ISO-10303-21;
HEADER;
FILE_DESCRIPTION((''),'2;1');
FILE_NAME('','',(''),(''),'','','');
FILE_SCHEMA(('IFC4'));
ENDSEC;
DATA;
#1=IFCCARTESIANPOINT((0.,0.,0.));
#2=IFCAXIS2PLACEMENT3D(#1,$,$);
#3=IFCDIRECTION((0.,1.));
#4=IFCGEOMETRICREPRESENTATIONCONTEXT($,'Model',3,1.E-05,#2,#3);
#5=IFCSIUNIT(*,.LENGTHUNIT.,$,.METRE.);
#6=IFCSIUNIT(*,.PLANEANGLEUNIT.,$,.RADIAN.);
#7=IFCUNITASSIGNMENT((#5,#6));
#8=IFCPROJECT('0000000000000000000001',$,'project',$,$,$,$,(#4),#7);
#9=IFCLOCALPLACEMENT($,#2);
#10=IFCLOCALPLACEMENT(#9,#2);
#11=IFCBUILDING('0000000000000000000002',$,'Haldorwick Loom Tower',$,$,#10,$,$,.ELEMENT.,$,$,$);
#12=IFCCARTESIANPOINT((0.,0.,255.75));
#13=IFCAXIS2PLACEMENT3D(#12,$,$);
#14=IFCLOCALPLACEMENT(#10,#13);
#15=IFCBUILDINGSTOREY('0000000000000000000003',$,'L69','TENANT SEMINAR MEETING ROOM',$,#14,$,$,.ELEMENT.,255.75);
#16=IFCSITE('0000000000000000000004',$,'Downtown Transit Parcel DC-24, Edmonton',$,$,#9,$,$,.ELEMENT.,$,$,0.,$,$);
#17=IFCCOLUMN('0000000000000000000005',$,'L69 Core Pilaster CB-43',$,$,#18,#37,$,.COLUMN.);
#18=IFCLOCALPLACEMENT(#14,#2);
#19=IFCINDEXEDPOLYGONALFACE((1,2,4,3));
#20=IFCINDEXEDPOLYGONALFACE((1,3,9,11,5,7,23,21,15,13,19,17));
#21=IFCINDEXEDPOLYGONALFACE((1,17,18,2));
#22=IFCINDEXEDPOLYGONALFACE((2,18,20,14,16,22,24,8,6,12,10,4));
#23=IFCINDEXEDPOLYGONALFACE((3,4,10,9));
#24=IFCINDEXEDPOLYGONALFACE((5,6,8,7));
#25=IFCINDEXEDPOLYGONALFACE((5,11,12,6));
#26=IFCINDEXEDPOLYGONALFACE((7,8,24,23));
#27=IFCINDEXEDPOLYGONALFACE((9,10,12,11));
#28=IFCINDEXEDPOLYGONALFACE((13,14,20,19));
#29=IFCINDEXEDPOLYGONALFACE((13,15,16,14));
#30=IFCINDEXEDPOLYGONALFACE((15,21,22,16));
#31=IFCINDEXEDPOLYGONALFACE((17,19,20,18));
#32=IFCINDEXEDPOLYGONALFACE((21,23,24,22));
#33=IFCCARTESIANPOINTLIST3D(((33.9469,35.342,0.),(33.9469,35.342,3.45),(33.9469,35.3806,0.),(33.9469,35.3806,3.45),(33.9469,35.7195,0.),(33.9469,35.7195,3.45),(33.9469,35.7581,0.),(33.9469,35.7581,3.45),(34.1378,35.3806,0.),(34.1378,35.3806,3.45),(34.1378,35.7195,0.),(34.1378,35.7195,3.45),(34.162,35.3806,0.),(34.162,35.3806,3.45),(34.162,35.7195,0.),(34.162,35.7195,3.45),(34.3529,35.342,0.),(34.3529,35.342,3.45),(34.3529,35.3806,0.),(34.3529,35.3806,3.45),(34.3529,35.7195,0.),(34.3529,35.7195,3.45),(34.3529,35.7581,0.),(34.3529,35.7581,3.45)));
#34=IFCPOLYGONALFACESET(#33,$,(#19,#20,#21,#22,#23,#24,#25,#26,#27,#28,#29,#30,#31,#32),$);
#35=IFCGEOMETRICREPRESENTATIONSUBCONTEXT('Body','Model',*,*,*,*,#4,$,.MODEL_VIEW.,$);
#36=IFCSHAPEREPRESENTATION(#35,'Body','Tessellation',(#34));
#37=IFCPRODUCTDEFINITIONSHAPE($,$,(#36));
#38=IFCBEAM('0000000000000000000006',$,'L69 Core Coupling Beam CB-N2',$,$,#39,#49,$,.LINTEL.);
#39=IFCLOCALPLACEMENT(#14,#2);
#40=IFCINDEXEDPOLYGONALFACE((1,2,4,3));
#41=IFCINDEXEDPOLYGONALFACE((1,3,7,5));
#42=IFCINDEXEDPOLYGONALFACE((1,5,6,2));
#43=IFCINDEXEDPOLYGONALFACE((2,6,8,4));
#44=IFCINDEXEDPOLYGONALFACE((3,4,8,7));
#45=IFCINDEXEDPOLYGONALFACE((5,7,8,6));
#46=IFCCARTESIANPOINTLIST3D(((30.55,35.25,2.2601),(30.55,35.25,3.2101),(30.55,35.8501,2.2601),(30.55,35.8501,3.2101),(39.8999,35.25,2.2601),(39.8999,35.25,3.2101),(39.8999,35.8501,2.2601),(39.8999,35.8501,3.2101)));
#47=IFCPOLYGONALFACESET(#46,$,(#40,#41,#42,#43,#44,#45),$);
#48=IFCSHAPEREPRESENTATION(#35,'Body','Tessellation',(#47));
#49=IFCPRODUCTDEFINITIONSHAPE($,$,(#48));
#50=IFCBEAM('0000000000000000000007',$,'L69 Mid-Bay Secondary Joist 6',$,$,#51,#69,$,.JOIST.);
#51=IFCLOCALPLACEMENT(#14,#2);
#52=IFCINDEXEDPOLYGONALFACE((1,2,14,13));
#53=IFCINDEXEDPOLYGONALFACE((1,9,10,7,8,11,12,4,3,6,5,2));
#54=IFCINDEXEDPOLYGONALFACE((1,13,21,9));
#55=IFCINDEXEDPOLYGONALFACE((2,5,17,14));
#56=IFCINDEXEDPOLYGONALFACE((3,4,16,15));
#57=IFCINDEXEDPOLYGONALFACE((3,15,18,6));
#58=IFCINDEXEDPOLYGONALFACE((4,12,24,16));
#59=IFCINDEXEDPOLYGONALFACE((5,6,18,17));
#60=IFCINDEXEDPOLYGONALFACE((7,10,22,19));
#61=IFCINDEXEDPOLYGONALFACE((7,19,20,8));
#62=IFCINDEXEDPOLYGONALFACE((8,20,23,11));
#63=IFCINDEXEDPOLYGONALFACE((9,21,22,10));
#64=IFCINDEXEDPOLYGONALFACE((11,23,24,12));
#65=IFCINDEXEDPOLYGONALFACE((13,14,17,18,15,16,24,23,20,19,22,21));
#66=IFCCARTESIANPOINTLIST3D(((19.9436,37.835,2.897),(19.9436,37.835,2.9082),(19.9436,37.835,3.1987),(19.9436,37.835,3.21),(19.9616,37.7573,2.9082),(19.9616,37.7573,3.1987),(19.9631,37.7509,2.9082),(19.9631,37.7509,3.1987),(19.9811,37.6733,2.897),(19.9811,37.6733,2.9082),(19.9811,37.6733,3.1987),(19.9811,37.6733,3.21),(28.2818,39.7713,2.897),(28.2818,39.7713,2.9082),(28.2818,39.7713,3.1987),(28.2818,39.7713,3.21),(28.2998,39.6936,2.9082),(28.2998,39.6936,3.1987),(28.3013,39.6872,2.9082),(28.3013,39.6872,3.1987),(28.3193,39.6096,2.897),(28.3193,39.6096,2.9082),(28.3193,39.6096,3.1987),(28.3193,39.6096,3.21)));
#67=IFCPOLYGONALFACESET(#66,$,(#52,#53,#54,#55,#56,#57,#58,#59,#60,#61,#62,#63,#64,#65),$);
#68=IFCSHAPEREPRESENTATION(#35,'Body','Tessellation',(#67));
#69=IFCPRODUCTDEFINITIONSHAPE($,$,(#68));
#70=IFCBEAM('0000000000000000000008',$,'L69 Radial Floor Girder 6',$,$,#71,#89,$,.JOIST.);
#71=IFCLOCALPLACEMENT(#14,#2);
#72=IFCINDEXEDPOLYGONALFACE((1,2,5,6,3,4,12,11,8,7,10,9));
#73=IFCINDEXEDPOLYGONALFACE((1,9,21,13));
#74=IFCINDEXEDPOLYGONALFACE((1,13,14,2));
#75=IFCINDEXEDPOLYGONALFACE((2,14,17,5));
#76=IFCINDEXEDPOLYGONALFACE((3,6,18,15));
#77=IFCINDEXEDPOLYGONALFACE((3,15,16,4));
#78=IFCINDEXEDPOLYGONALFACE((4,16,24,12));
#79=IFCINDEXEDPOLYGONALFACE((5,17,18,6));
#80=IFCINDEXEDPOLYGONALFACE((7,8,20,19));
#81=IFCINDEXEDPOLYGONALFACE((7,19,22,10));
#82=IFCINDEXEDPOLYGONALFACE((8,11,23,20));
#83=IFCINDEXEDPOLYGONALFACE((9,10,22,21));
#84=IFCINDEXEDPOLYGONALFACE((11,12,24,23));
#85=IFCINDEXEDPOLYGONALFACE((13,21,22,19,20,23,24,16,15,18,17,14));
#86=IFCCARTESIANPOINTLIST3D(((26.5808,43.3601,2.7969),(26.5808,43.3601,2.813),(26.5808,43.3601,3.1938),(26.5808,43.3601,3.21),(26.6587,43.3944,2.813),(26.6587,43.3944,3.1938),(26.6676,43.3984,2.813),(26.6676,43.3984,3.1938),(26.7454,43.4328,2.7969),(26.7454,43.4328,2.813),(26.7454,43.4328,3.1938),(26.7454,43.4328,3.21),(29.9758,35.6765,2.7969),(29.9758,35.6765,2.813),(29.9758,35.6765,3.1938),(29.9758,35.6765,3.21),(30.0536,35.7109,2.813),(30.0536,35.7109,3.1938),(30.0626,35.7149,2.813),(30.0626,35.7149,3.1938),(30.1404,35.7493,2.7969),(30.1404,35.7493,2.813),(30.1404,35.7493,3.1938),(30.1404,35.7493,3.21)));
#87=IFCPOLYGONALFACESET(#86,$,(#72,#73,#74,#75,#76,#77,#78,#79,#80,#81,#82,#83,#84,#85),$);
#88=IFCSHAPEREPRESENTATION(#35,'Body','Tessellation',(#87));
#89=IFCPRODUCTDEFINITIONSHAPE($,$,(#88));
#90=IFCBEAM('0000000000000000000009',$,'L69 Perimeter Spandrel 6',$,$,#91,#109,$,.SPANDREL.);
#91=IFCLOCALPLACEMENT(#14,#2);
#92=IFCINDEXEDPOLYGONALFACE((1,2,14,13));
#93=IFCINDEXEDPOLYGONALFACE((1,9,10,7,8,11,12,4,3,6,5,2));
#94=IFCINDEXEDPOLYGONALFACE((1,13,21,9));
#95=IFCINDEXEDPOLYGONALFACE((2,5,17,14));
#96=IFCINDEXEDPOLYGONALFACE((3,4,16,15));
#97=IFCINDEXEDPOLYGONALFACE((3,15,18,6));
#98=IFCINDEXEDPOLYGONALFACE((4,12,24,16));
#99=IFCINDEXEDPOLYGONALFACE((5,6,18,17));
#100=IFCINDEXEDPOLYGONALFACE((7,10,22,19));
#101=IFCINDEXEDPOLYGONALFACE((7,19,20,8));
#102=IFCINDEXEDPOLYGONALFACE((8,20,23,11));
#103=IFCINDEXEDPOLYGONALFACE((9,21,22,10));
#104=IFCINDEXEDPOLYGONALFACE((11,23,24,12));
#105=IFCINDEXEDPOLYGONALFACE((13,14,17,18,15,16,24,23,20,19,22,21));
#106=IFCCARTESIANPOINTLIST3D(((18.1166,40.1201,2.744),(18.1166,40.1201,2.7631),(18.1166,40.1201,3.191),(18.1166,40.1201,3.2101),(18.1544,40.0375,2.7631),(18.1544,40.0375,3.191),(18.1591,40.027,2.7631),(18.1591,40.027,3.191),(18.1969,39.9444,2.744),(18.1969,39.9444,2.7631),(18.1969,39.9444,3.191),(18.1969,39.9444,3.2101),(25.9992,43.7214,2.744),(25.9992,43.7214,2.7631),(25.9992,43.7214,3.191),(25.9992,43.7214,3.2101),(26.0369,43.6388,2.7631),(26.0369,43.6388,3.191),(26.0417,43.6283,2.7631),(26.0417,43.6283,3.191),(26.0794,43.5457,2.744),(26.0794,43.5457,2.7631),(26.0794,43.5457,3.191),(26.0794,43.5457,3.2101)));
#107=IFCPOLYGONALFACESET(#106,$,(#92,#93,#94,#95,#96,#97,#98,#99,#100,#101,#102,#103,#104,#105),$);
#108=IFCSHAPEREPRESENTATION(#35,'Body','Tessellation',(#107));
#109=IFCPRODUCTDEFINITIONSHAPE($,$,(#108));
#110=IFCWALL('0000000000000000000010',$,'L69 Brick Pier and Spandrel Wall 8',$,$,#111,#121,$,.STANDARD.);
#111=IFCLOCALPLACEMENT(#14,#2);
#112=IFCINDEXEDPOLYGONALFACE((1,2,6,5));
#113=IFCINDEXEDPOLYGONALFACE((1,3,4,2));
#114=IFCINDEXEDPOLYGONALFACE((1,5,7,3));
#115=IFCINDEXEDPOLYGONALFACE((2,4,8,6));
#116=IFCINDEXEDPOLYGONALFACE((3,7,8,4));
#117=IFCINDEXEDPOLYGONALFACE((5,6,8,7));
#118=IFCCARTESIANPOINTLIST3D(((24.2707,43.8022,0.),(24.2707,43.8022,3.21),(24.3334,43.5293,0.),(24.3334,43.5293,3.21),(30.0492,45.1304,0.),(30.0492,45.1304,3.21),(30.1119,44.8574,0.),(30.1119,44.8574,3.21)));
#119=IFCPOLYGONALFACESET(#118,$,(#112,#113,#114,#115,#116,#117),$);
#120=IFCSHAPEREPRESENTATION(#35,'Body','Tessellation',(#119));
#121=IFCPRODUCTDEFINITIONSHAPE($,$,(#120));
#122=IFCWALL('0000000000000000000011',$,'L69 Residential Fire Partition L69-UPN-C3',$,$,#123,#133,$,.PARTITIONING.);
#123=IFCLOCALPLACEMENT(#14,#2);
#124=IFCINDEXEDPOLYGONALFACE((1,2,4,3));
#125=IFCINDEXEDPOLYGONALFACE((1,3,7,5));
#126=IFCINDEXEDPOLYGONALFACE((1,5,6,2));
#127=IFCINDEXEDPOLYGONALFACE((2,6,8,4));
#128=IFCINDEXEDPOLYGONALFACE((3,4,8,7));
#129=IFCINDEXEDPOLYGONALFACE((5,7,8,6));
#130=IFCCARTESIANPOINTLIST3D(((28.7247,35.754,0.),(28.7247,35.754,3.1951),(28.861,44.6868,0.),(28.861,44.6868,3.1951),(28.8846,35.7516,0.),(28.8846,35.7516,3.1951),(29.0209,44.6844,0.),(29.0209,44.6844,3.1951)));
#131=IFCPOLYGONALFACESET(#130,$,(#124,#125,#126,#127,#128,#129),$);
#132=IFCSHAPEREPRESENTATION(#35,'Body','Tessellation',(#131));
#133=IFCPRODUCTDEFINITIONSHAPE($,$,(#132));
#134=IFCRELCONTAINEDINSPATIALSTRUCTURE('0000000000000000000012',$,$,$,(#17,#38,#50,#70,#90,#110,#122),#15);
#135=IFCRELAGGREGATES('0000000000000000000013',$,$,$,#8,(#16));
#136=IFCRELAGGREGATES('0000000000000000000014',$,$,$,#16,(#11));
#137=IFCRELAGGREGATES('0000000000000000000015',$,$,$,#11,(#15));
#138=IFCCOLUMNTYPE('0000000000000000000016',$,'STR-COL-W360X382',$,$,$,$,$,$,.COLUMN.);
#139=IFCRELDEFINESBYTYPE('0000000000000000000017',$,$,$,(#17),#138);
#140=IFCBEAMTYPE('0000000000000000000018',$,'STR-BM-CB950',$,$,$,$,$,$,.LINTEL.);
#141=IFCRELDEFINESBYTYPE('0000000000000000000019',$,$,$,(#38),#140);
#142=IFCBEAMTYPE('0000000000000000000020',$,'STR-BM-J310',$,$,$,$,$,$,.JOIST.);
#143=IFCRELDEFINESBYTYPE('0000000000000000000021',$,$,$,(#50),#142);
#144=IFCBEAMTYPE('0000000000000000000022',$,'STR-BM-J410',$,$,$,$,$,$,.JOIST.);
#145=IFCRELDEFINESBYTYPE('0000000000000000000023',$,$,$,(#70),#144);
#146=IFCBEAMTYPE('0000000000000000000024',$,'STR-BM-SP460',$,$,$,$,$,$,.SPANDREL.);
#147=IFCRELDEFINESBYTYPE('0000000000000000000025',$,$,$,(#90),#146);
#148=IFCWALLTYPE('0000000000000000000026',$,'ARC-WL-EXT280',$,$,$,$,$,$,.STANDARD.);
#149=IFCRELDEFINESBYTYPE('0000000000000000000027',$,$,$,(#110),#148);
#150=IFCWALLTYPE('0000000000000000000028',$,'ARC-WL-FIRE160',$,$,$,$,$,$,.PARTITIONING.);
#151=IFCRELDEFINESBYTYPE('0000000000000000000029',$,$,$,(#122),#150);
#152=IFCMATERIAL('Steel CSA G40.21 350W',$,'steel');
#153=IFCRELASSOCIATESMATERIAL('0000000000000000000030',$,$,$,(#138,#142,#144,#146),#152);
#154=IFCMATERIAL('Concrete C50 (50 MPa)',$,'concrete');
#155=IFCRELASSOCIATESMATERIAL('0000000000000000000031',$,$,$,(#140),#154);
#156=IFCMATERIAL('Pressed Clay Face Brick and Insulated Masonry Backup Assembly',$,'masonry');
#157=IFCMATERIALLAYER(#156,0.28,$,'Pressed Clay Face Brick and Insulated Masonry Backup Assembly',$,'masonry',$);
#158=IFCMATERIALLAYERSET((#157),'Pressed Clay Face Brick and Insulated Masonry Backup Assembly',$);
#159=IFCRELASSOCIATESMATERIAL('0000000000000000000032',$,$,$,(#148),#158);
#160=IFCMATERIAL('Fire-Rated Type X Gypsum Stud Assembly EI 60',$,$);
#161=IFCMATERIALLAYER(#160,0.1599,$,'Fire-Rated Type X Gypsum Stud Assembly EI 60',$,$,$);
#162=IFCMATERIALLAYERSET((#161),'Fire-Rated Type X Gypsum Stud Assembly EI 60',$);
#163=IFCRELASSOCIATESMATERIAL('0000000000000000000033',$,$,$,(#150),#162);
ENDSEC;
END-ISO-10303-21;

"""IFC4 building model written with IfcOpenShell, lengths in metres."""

from ifc_helpers import new_model, si_unit, direction, frame, frame_2d, origin, origin_2d, place, context, subcontext, project, spatial, rectangle, i_section, extrude, material, layer, layer_set, material_profile, profile_set, type_object, element, save


model = new_model("IFC4")

# Units and contexts
model_context = context("Model", 3, precision=1e-05, world=origin(), true_north=direction((0.0, 1.0)))
body_context = subcontext(model_context, "Body", "Model", "MODEL_VIEW")
ifc_project = project(units=[si_unit("LENGTHUNIT", "METRE"), si_unit("PLANEANGLEUNIT", "RADIAN")], contexts=[model_context])

# Site, building, storey
site_placement = place(None, origin())
site = spatial("IfcSite", under=ifc_project, at=site_placement, Name="Downtown Transit Parcel DC-24, Edmonton", CompositionType="ELEMENT", RefElevation=0.0)
building_placement = place(site_placement, origin())
building = spatial("IfcBuilding", under=site, at=building_placement, Name="Haldorwick Loom Tower", CompositionType="ELEMENT")
storey_placement = place(building_placement, frame((0.0, 0.0, 255.75)))
storey = spatial("IfcBuildingStorey", under=building, at=storey_placement, Name="L69", Description="TENANT SEMINAR MEETING ROOM", CompositionType="ELEMENT", Elevation=255.75)

# Column
ifc_material_1 = material(Name="Steel CSA G40.21 350W", Category="steel")
ifc_material_profile_1 = material_profile(ifc_material_1, i_section(OverallWidth=0.406, OverallDepth=0.416, WebThickness=0.0242, FlangeThickness=0.0386, at=origin_2d()), Name="W360X382", Category="steel")
ifc_profile_set_1 = profile_set([ifc_material_profile_1], Name="Steel CSA G40.21 350W")
column_type_1 = type_object("IfcColumnType", Name="STR-COL-W360X382", PredefinedType="COLUMN", material=ifc_profile_set_1)
for number, where, z_axis, x_axis, name in (
    (1, (34.1499, 35.55, 0.0), (0.0, 0.0, 1.0), (1.0, 0.0, 0.0), "L69 Core Pilaster CB-43"),
):
    element("IfcColumn", number, at=place(storey_placement, frame(where, z_axis=z_axis, x_axis=x_axis)), inside=storey, type_object=column_type_1, Name=name, PredefinedType="COLUMN", context=body_context, shape_type="SweptSolid", body=[
        extrude(i_section(OverallWidth=0.406, OverallDepth=0.416, WebThickness=0.0242, FlangeThickness=0.0386, at=origin_2d()), origin(), (0.0, 0.0, 1.0), 3.45),
    ])

# Beams
ifc_material_2 = material(Name="Concrete C50 (50 MPa)", Category="concrete")
ifc_material_profile_2 = material_profile(ifc_material_2, rectangle(XDim=0.6001, YDim=0.95, at=origin_2d()), Name="RC600X950", Category="concrete")
ifc_profile_set_2 = profile_set([ifc_material_profile_2], Name="Concrete C50 (50 MPa)")
beam_type_1 = type_object("IfcBeamType", Name="STR-BM-CB950", PredefinedType="LINTEL", material=ifc_profile_set_2)
beam_1_placement = place(storey_placement, frame((30.55, 35.55, 2.7351), z_axis=(1.0, 0.0, 0.0), x_axis=(0.0, 1.0, 0.0)))
element("IfcBeam", 2, at=beam_1_placement, inside=storey, type_object=beam_type_1, Name="L69 Core Coupling Beam CB-N2", PredefinedType="LINTEL", context=body_context, shape_type="SweptSolid", body=[
    extrude(rectangle(XDim=0.6001, YDim=0.95, at=origin_2d()), origin(), (0.0, 0.0, 1.0), 9.3499),
])
ifc_material_profile_3 = material_profile(ifc_material_1, i_section(OverallWidth=0.166, OverallDepth=0.313, WebThickness=0.0066, FlangeThickness=0.0112, at=origin_2d()), Name="W310X45", Category="steel")
ifc_profile_set_3 = profile_set([ifc_material_profile_3], Name="Steel CSA G40.21 350W")
beam_type_2 = type_object("IfcBeamType", Name="STR-BM-J310", PredefinedType="JOIST", material=ifc_profile_set_3)
beam_2_placement = place(storey_placement, frame((28.3005, 39.6904, 3.0535), z_axis=(-0.974081, -0.226201, 0.0), x_axis=(0.226201, -0.974081, 0.0)))
element("IfcBeam", 3, at=beam_2_placement, inside=storey, type_object=beam_type_2, Name="L69 Mid-Bay Secondary Joist 6", PredefinedType="JOIST", context=body_context, shape_type="SweptSolid", body=[
    extrude(i_section(OverallWidth=0.166, OverallDepth=0.313, WebThickness=0.0066, FlangeThickness=0.0112, at=origin_2d()), origin(), (0.0, 0.0, 1.0), 8.5601),
])
ifc_material_profile_4 = material_profile(ifc_material_1, i_section(OverallWidth=0.1799, OverallDepth=0.4131, WebThickness=0.0098, FlangeThickness=0.0161, at=origin_2d()), Name="W410X74", Category="steel")
ifc_profile_set_4 = profile_set([ifc_material_profile_4], Name="Steel CSA G40.21 350W")
beam_type_3 = type_object("IfcBeamType", Name="STR-BM-J410", PredefinedType="JOIST", material=ifc_profile_set_4)
beam_3_placement = place(storey_placement, frame((30.0581, 35.7129, 3.0034), z_axis=(-0.404158, 0.914689, 0.0), x_axis=(-0.914689, -0.404158, 0.0)))
element("IfcBeam", 4, at=beam_3_placement, inside=storey, type_object=beam_type_3, Name="L69 Radial Floor Girder 6", PredefinedType="JOIST", context=body_context, shape_type="SweptSolid", body=[
    extrude(i_section(OverallWidth=0.1799, OverallDepth=0.4131, WebThickness=0.0098, FlangeThickness=0.0161, at=origin_2d()), origin(), (0.0, 0.0, 1.0), 8.4001),
])
ifc_material_profile_5 = material_profile(ifc_material_1, i_section(OverallWidth=0.1931, OverallDepth=0.4661, WebThickness=0.0115, FlangeThickness=0.019, at=origin_2d()), Name="W460X97", Category="steel")
ifc_profile_set_5 = profile_set([ifc_material_profile_5], Name="Steel CSA G40.21 350W")
beam_type_4 = type_object("IfcBeamType", Name="STR-BM-SP460", PredefinedType="SPANDREL", material=ifc_profile_set_5)
beam_4_placement = place(storey_placement, frame((26.0393, 43.6335, 2.9771), z_axis=(-0.909568, -0.415555, 0.0), x_axis=(0.415555, -0.909568, 0.0)))
element("IfcBeam", 5, at=beam_4_placement, inside=storey, type_object=beam_type_4, Name="L69 Perimeter Spandrel 6", PredefinedType="SPANDREL", context=body_context, shape_type="SweptSolid", body=[
    extrude(i_section(OverallWidth=0.1931, OverallDepth=0.4661, WebThickness=0.0115, FlangeThickness=0.019, at=origin_2d()), origin(), (0.0, 0.0, 1.0), 8.6663),
])

# Walls
ifc_material_3 = material(Name="Pressed Clay Face Brick and Insulated Masonry Backup Assembly", Category="masonry")
ifc_layer_1 = layer(ifc_material_3, 0.28, Name="Pressed Clay Face Brick and Insulated Masonry Backup Assembly", Category="masonry")
ifc_layer_set_1 = layer_set([ifc_layer_1], Name="Pressed Clay Face Brick and Insulated Masonry Backup Assembly")
wall_type_1 = type_object("IfcWallType", Name="ARC-WL-EXT280", PredefinedType="STANDARD", material=ifc_layer_set_1)
wall_1_placement = place(storey_placement, frame((30.0806, 44.9939, 0.0), z_axis=(0.0, 0.0, 1.0), x_axis=(-0.97459, -0.223996, 0.0)))
element("IfcWall", 6, at=wall_1_placement, inside=storey, type_object=wall_type_1, Name="L69 Brick Pier and Spandrel Wall 8", PredefinedType="STANDARD", context=body_context, shape_type="SweptSolid", body=[
    extrude(rectangle(XDim=5.9292, YDim=0.28, at=frame_2d((2.9646, 0.0))), origin(), (0.0, 0.0, 1.0), 3.21),
])
ifc_material_4 = material(Name="Fire-Rated Type X Gypsum Stud Assembly EI 60")
ifc_layer_2 = layer(ifc_material_4, 0.1599, Name="Fire-Rated Type X Gypsum Stud Assembly EI 60")
ifc_layer_set_2 = layer_set([ifc_layer_2], Name="Fire-Rated Type X Gypsum Stud Assembly EI 60")
wall_type_2 = type_object("IfcWallType", Name="ARC-WL-FIRE160", PredefinedType="PARTITIONING", material=ifc_layer_set_2)
wall_2_placement = place(storey_placement, frame((28.8047, 35.7529, 0.0), z_axis=(0.0, 0.0, 1.0), x_axis=(0.015249, 0.999884, 0.0)))
element("IfcWall", 7, at=wall_2_placement, inside=storey, type_object=wall_type_2, Name="L69 Residential Fire Partition L69-UPN-C3", PredefinedType="PARTITIONING", context=body_context, shape_type="SweptSolid", body=[
    extrude(rectangle(XDim=8.9338, YDim=0.1599, at=frame_2d((4.4668, 0.0))), origin(), (0.0, 0.0, 1.0), 3.1951),
])

save(model, "model.ifc")
